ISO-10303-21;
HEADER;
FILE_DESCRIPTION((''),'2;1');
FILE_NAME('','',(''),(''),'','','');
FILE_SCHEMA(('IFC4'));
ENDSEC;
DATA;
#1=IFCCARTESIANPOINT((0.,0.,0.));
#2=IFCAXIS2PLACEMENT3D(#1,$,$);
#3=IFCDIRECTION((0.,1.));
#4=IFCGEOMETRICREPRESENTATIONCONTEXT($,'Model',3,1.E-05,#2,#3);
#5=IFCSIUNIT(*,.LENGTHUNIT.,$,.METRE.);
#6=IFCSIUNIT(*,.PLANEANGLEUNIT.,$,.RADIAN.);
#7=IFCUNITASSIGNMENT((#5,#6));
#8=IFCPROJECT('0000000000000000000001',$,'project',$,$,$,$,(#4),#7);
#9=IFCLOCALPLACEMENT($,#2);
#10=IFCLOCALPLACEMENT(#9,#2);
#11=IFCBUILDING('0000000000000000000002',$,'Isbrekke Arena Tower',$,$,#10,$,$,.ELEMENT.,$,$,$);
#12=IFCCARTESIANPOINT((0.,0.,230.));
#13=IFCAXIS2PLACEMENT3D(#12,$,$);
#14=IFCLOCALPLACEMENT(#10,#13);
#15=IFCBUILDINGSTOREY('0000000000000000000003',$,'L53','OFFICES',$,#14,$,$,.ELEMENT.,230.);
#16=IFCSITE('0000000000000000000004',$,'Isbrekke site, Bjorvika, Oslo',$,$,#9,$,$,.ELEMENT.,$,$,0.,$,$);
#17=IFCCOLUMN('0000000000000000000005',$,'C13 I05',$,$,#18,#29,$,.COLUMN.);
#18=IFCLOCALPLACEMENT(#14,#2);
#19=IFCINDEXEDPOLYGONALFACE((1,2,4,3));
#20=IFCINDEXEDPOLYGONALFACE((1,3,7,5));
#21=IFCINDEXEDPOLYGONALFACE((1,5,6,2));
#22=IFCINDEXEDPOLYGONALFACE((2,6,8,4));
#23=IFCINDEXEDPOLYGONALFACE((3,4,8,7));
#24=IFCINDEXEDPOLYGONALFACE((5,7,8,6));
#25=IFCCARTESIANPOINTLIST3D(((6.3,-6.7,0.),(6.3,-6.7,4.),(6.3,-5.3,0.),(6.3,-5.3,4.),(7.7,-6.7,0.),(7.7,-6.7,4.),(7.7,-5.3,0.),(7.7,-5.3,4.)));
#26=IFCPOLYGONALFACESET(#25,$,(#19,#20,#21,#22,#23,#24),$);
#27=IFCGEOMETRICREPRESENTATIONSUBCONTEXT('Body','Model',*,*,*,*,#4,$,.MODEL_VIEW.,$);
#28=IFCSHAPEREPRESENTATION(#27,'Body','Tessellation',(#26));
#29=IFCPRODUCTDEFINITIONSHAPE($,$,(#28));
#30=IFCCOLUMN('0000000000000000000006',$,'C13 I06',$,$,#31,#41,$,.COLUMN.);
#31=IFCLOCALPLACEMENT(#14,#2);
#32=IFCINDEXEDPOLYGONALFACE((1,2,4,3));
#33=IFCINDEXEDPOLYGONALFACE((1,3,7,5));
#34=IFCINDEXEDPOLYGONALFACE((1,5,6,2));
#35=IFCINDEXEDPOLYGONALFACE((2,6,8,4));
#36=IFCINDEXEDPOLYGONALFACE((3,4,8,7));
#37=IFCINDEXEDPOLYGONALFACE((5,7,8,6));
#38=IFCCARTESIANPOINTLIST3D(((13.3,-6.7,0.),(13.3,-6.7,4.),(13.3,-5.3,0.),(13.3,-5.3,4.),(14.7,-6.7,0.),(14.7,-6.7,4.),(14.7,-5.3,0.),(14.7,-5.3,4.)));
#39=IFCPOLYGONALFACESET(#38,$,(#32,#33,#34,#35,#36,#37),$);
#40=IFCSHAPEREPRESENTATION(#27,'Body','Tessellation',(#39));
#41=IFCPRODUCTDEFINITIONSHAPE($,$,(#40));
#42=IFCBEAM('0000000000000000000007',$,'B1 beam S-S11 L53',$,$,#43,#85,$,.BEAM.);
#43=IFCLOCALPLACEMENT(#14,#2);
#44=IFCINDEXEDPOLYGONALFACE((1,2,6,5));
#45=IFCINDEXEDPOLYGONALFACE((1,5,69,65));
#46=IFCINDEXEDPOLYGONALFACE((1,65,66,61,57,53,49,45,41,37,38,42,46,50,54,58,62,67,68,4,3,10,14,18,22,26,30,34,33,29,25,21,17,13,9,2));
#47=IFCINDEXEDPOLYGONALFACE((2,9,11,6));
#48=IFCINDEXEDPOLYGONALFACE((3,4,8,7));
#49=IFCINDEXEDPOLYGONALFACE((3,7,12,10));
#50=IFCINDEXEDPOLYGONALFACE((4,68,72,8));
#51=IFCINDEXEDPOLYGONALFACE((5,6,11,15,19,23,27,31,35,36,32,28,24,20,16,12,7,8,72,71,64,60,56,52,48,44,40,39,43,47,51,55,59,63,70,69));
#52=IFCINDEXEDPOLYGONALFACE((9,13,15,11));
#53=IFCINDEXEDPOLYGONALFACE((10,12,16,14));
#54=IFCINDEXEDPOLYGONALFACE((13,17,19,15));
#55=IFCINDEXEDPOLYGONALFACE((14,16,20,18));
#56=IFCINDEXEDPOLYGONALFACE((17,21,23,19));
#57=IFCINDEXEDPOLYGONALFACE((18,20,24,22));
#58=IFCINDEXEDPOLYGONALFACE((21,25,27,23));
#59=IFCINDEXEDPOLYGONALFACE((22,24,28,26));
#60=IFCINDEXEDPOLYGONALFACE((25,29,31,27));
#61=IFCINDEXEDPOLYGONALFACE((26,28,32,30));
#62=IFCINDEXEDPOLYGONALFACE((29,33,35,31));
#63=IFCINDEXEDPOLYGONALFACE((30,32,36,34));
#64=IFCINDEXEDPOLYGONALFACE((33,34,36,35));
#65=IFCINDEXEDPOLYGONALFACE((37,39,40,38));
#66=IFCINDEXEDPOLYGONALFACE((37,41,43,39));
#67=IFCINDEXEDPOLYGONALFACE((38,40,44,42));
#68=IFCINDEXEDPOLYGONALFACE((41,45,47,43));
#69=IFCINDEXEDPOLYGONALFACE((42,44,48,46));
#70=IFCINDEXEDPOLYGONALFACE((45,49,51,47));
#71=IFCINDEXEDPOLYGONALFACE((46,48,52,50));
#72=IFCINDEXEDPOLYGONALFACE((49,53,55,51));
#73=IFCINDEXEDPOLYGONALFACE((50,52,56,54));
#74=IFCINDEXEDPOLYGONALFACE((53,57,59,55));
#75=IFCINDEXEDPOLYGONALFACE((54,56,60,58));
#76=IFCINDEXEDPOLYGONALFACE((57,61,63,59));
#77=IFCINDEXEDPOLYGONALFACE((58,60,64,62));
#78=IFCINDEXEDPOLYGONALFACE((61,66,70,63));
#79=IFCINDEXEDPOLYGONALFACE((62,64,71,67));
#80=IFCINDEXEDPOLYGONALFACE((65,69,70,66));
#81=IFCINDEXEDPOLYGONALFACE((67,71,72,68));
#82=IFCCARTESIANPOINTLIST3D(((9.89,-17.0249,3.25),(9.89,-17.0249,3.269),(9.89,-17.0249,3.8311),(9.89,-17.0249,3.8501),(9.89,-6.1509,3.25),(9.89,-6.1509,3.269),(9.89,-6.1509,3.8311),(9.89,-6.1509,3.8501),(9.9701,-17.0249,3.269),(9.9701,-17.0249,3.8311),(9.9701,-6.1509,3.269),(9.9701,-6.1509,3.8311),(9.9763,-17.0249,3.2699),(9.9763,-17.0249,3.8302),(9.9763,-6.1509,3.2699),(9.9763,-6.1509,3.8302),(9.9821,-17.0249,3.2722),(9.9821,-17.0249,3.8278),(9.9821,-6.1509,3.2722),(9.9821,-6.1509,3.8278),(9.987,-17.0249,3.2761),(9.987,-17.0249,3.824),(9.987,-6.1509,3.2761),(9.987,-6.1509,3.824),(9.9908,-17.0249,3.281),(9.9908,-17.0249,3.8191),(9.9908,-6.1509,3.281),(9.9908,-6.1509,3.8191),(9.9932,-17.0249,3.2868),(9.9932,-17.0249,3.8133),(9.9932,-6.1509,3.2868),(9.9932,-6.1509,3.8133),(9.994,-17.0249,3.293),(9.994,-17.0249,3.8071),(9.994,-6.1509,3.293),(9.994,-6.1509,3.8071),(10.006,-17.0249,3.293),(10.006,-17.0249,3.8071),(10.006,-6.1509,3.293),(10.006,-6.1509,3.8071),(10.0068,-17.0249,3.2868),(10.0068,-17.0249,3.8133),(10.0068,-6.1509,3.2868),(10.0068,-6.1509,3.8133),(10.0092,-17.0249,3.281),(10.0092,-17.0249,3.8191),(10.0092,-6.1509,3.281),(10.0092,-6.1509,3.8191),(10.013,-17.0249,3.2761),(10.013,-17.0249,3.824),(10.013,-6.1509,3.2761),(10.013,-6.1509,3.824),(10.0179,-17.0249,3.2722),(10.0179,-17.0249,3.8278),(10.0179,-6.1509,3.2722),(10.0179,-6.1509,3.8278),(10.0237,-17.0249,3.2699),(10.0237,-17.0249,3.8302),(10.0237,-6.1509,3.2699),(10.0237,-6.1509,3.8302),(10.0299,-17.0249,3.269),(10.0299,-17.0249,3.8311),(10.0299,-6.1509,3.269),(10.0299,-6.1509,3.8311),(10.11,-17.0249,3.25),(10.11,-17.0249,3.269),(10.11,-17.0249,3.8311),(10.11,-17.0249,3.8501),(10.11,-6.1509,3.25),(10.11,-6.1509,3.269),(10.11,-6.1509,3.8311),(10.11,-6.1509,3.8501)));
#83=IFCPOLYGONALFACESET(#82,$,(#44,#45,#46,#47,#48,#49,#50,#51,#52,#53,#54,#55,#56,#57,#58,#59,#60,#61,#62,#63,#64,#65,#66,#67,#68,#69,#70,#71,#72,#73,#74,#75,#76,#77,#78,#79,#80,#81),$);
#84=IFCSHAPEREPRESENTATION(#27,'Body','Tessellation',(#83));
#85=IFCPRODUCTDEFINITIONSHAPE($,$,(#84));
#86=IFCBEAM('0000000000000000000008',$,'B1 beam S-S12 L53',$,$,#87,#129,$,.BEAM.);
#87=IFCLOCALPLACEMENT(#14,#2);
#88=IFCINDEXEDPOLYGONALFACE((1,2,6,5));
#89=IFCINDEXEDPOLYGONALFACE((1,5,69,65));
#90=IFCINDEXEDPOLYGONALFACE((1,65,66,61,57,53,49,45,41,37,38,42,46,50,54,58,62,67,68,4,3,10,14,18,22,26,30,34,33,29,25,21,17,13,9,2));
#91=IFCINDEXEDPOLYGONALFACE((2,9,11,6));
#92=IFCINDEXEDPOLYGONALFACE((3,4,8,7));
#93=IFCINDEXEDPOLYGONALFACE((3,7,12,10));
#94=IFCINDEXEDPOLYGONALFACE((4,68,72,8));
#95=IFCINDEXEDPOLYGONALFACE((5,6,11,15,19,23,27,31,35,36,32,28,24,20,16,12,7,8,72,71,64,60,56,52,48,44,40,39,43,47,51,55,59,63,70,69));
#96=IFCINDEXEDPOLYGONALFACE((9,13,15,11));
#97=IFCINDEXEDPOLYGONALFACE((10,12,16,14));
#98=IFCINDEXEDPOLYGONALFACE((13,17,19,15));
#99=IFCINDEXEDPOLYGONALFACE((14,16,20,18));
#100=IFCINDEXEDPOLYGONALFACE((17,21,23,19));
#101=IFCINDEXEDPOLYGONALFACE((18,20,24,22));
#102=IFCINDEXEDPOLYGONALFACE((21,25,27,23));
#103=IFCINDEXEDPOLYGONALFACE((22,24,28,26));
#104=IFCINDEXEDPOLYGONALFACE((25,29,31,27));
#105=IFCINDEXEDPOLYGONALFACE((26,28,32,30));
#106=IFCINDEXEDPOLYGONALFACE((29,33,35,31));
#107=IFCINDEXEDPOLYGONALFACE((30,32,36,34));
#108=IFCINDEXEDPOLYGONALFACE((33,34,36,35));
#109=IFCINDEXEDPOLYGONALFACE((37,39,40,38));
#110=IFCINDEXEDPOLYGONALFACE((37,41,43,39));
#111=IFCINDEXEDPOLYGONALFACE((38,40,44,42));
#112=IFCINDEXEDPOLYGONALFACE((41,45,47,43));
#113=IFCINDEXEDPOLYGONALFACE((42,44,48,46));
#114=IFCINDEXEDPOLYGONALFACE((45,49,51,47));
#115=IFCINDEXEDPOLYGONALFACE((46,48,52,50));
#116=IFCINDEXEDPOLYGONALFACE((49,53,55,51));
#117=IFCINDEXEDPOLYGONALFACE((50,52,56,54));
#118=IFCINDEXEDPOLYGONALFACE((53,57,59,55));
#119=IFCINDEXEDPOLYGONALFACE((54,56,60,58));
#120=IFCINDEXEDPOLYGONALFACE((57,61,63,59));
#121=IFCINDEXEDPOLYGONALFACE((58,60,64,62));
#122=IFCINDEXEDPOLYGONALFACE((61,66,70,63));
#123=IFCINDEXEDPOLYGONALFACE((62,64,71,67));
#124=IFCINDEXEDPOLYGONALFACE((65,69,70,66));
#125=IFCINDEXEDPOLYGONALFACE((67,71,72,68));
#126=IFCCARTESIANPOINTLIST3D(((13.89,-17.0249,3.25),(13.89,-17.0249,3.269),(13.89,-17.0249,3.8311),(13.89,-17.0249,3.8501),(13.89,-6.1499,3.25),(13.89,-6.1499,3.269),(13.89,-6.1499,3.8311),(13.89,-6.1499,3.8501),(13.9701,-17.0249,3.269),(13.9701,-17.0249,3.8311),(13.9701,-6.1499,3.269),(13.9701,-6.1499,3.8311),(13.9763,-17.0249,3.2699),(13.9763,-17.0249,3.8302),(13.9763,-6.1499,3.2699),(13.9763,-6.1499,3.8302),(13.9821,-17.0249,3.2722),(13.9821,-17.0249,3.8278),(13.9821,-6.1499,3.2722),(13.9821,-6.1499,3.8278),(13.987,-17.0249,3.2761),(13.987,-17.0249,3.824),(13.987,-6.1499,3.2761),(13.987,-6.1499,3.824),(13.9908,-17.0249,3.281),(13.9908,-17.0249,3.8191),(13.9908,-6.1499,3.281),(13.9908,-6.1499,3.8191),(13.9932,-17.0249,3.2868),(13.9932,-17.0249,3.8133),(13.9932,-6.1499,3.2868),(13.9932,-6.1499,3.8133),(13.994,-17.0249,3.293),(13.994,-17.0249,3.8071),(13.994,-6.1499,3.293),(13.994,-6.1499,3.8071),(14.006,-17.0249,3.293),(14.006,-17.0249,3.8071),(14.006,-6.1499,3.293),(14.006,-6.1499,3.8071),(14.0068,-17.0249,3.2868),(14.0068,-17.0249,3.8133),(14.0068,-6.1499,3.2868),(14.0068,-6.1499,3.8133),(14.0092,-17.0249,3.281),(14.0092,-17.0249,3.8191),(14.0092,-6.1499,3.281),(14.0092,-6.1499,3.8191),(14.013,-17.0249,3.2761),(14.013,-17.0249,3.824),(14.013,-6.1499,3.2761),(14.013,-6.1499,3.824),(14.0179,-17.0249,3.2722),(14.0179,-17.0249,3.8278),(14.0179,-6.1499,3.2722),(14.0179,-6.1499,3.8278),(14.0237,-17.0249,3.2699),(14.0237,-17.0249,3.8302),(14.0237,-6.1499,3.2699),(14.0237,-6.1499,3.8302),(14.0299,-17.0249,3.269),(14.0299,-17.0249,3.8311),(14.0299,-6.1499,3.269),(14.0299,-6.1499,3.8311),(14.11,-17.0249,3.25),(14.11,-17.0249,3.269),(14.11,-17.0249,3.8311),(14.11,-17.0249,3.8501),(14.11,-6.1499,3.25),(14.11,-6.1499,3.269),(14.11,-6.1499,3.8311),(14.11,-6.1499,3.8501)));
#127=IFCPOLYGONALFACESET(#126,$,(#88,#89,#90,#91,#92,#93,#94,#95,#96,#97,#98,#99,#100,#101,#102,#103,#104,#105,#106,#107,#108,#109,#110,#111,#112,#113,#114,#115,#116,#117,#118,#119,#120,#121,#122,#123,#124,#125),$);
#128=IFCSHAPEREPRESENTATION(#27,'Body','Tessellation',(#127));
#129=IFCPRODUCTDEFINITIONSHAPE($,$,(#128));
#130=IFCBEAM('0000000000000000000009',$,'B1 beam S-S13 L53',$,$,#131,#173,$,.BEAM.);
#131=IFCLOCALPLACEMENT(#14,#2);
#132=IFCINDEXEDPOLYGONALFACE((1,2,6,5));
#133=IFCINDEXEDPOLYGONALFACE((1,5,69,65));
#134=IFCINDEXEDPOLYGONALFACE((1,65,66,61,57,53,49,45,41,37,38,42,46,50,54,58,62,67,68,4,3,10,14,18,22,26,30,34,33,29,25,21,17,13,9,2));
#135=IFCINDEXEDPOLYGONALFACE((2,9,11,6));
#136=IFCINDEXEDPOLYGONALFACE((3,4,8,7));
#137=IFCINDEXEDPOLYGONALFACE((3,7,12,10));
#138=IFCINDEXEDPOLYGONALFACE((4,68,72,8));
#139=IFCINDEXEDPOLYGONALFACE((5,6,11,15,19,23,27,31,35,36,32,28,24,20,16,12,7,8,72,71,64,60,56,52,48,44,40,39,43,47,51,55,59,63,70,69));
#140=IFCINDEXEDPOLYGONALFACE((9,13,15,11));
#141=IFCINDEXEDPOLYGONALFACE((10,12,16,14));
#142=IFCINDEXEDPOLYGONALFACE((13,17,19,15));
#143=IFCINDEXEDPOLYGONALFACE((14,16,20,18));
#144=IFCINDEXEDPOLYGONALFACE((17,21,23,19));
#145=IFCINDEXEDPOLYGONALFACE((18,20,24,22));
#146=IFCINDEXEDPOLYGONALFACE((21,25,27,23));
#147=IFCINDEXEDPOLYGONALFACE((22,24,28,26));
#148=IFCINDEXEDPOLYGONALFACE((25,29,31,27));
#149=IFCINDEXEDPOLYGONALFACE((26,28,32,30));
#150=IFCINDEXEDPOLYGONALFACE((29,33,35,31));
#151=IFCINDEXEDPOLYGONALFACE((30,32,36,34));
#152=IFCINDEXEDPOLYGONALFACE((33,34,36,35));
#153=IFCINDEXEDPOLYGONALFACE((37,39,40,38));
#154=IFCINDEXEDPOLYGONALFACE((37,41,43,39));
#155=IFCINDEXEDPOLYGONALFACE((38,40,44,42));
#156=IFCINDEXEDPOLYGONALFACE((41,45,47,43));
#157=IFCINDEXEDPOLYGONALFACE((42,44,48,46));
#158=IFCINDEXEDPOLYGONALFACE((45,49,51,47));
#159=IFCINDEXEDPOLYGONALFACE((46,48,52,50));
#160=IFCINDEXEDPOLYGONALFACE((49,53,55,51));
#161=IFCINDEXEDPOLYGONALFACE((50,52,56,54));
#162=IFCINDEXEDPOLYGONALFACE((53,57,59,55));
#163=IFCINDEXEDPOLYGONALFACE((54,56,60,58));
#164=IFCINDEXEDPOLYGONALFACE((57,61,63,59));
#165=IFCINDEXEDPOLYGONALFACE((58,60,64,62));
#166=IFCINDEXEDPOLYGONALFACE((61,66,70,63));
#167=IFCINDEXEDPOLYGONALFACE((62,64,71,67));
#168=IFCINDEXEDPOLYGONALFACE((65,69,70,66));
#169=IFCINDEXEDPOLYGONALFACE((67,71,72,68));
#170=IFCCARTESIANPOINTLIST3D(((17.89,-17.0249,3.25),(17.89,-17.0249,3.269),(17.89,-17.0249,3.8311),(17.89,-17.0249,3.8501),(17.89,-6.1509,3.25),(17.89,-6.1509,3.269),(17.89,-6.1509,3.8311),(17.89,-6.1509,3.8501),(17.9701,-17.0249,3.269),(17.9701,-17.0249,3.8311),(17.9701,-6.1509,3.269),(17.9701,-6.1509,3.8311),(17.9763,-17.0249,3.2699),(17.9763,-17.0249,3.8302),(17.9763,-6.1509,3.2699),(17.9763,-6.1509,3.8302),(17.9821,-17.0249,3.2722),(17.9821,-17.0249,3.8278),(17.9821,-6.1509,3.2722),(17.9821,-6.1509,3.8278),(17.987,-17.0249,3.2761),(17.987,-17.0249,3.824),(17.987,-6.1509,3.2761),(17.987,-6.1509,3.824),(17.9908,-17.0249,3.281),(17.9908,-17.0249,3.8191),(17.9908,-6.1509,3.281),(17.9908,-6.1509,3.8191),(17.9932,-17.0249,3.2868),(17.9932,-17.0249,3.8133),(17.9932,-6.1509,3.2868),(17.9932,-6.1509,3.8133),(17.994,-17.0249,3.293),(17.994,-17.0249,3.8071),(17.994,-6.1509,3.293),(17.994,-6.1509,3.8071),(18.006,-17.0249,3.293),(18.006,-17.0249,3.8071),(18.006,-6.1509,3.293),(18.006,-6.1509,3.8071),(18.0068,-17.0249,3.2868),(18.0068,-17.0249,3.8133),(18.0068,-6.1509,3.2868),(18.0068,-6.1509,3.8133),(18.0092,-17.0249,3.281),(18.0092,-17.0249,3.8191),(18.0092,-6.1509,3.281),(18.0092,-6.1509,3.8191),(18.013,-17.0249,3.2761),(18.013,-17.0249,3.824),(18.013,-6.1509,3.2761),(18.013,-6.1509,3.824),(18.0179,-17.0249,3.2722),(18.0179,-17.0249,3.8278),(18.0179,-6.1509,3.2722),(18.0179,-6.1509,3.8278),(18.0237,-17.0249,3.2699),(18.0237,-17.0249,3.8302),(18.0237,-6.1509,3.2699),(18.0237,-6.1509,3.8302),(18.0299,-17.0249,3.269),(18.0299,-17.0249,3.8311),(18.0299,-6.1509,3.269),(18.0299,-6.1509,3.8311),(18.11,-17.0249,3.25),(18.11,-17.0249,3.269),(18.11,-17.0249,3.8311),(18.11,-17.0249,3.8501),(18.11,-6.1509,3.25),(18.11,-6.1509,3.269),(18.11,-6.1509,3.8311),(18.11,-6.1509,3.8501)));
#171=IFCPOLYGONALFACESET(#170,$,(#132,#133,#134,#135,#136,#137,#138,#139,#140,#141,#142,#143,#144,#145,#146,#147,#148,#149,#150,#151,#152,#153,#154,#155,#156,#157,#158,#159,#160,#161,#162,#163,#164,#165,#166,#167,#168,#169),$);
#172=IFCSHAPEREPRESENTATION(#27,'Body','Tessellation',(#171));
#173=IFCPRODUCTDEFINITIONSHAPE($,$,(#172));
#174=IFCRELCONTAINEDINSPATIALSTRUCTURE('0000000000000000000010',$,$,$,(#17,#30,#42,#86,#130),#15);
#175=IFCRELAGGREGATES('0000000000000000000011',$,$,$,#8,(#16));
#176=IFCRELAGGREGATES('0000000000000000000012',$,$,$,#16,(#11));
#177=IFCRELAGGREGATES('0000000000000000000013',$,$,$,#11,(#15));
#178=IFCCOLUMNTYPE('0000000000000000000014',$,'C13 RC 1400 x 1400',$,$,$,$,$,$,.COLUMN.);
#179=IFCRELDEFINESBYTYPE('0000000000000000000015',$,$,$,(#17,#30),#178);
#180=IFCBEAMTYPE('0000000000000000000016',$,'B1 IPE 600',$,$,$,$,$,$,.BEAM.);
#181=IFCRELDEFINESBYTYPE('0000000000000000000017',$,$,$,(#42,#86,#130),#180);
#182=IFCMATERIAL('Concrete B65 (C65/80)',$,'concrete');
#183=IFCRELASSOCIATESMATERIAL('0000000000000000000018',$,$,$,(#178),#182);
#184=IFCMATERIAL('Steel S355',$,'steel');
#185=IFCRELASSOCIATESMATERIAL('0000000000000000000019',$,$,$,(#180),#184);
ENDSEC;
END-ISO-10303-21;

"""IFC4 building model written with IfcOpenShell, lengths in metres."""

from ifc_helpers import new_model, si_unit, direction, frame, origin, origin_2d, place, context, subcontext, project, spatial, rectangle, i_section, extrude, material, material_profile, profile_set, type_object, element, save


model = new_model("IFC4")

# Units and contexts
model_context = context("Model", 3, precision=1e-05, world=origin(), true_north=direction((0.0, 1.0)))
body_context = subcontext(model_context, "Body", "Model", "MODEL_VIEW")
ifc_project = project(units=[si_unit("LENGTHUNIT", "METRE"), si_unit("PLANEANGLEUNIT", "RADIAN")], contexts=[model_context])

# Site, building, storey
site_placement = place(None, origin())
site = spatial("IfcSite", under=ifc_project, at=site_placement, Name="Isbrekke site, Bjorvika, Oslo", CompositionType="ELEMENT", RefElevation=0.0)
building_placement = place(site_placement, origin())
building = spatial("IfcBuilding", under=site, at=building_placement, Name="Isbrekke Arena Tower", CompositionType="ELEMENT")
storey_placement = place(building_placement, frame((0.0, 0.0, 230.0)))
storey = spatial("IfcBuildingStorey", under=building, at=storey_placement, Name="L53", Description="OFFICES", CompositionType="ELEMENT", Elevation=230.0)

# Columns
ifc_material_1 = material(Name="Concrete B65 (C65/80)", Category="concrete")
ifc_material_profile_1 = material_profile(ifc_material_1, rectangle(XDim=1.3999, YDim=1.3999, at=origin_2d()), Name="RC 1400x1400")
ifc_profile_set_1 = profile_set([ifc_material_profile_1], Name="Concrete B65 (C65/80)")
column_type = type_object("IfcColumnType", Name="C13 RC 1400 x 1400", PredefinedType="COLUMN", material=ifc_profile_set_1)
for number, where, z_axis, x_axis, name in (
    (1, (7.0, -6.0, 0.0), (0.0, 0.0, 1.0), (1.0, 0.0, 0.0), "C13 I05"),
    (2, (14.0, -6.0, 0.0), (0.0, 0.0, 1.0), (1.0, 0.0, 0.0), "C13 I06"),
):
    element("IfcColumn", number, at=place(storey_placement, frame(where, z_axis=z_axis, x_axis=x_axis)), inside=storey, type_object=column_type, Name=name, PredefinedType="COLUMN", context=body_context, shape_type="SweptSolid", body=[
        extrude(rectangle(XDim=1.3999, YDim=1.3999, at=origin_2d()), origin(), (0.0, 0.0, 1.0), 4.0),
    ])

# Beams
ifc_material_2 = material(Name="Steel S355", Category="steel")
ifc_material_profile_2 = material_profile(ifc_material_2, i_section(OverallWidth=0.22, OverallDepth=0.6001, WebThickness=0.012, FlangeThickness=0.019, FilletRadius=0.0239, at=origin_2d()), Name="IPE 600")
ifc_profile_set_2 = profile_set([ifc_material_profile_2], Name="Steel S355")
beam_type_1 = type_object("IfcBeamType", Name="B1 IPE 600", PredefinedType="BEAM", material=ifc_profile_set_2)
beam_1_placement = place(storey_placement, frame((10.0, -17.0249, 3.55), z_axis=(0.0, 1.0, 0.0), x_axis=(-1.0, 0.0, 0.0)))
element("IfcBeam", 3, at=beam_1_placement, inside=storey, type_object=beam_type_1, Name="B1 beam S-S11 L53", PredefinedType="BEAM", context=body_context, shape_type="SweptSolid", body=[
    extrude(i_section(OverallWidth=0.22, OverallDepth=0.6001, WebThickness=0.012, FlangeThickness=0.019, FilletRadius=0.0239, at=origin_2d()), origin(), (0.0, 0.0, 1.0), 10.874),
])
beam_2_placement = place(storey_placement, frame((14.0, -17.0249, 3.55), z_axis=(0.0, 1.0, 0.0), x_axis=(-1.0, 0.0, 0.0)))
element("IfcBeam", 4, at=beam_2_placement, inside=storey, type_object=beam_type_1, Name="B1 beam S-S12 L53", PredefinedType="BEAM", context=body_context, shape_type="SweptSolid", body=[
    extrude(i_section(OverallWidth=0.22, OverallDepth=0.6001, WebThickness=0.012, FlangeThickness=0.019, FilletRadius=0.0239, at=origin_2d()), origin(), (0.0, 0.0, 1.0), 10.875),
])
beam_3_placement = place(storey_placement, frame((18.0, -17.0249, 3.55), z_axis=(0.0, 1.0, 0.0), x_axis=(-1.0, 0.0, 0.0)))
element("IfcBeam", 5, at=beam_3_placement, inside=storey, type_object=beam_type_1, Name="B1 beam S-S13 L53", PredefinedType="BEAM", context=body_context, shape_type="SweptSolid", body=[
    extrude(i_section(OverallWidth=0.22, OverallDepth=0.6001, WebThickness=0.012, FlangeThickness=0.019, FilletRadius=0.0239, at=origin_2d()), origin(), (0.0, 0.0, 1.0), 10.874),
])

save(model, "model.ifc")
